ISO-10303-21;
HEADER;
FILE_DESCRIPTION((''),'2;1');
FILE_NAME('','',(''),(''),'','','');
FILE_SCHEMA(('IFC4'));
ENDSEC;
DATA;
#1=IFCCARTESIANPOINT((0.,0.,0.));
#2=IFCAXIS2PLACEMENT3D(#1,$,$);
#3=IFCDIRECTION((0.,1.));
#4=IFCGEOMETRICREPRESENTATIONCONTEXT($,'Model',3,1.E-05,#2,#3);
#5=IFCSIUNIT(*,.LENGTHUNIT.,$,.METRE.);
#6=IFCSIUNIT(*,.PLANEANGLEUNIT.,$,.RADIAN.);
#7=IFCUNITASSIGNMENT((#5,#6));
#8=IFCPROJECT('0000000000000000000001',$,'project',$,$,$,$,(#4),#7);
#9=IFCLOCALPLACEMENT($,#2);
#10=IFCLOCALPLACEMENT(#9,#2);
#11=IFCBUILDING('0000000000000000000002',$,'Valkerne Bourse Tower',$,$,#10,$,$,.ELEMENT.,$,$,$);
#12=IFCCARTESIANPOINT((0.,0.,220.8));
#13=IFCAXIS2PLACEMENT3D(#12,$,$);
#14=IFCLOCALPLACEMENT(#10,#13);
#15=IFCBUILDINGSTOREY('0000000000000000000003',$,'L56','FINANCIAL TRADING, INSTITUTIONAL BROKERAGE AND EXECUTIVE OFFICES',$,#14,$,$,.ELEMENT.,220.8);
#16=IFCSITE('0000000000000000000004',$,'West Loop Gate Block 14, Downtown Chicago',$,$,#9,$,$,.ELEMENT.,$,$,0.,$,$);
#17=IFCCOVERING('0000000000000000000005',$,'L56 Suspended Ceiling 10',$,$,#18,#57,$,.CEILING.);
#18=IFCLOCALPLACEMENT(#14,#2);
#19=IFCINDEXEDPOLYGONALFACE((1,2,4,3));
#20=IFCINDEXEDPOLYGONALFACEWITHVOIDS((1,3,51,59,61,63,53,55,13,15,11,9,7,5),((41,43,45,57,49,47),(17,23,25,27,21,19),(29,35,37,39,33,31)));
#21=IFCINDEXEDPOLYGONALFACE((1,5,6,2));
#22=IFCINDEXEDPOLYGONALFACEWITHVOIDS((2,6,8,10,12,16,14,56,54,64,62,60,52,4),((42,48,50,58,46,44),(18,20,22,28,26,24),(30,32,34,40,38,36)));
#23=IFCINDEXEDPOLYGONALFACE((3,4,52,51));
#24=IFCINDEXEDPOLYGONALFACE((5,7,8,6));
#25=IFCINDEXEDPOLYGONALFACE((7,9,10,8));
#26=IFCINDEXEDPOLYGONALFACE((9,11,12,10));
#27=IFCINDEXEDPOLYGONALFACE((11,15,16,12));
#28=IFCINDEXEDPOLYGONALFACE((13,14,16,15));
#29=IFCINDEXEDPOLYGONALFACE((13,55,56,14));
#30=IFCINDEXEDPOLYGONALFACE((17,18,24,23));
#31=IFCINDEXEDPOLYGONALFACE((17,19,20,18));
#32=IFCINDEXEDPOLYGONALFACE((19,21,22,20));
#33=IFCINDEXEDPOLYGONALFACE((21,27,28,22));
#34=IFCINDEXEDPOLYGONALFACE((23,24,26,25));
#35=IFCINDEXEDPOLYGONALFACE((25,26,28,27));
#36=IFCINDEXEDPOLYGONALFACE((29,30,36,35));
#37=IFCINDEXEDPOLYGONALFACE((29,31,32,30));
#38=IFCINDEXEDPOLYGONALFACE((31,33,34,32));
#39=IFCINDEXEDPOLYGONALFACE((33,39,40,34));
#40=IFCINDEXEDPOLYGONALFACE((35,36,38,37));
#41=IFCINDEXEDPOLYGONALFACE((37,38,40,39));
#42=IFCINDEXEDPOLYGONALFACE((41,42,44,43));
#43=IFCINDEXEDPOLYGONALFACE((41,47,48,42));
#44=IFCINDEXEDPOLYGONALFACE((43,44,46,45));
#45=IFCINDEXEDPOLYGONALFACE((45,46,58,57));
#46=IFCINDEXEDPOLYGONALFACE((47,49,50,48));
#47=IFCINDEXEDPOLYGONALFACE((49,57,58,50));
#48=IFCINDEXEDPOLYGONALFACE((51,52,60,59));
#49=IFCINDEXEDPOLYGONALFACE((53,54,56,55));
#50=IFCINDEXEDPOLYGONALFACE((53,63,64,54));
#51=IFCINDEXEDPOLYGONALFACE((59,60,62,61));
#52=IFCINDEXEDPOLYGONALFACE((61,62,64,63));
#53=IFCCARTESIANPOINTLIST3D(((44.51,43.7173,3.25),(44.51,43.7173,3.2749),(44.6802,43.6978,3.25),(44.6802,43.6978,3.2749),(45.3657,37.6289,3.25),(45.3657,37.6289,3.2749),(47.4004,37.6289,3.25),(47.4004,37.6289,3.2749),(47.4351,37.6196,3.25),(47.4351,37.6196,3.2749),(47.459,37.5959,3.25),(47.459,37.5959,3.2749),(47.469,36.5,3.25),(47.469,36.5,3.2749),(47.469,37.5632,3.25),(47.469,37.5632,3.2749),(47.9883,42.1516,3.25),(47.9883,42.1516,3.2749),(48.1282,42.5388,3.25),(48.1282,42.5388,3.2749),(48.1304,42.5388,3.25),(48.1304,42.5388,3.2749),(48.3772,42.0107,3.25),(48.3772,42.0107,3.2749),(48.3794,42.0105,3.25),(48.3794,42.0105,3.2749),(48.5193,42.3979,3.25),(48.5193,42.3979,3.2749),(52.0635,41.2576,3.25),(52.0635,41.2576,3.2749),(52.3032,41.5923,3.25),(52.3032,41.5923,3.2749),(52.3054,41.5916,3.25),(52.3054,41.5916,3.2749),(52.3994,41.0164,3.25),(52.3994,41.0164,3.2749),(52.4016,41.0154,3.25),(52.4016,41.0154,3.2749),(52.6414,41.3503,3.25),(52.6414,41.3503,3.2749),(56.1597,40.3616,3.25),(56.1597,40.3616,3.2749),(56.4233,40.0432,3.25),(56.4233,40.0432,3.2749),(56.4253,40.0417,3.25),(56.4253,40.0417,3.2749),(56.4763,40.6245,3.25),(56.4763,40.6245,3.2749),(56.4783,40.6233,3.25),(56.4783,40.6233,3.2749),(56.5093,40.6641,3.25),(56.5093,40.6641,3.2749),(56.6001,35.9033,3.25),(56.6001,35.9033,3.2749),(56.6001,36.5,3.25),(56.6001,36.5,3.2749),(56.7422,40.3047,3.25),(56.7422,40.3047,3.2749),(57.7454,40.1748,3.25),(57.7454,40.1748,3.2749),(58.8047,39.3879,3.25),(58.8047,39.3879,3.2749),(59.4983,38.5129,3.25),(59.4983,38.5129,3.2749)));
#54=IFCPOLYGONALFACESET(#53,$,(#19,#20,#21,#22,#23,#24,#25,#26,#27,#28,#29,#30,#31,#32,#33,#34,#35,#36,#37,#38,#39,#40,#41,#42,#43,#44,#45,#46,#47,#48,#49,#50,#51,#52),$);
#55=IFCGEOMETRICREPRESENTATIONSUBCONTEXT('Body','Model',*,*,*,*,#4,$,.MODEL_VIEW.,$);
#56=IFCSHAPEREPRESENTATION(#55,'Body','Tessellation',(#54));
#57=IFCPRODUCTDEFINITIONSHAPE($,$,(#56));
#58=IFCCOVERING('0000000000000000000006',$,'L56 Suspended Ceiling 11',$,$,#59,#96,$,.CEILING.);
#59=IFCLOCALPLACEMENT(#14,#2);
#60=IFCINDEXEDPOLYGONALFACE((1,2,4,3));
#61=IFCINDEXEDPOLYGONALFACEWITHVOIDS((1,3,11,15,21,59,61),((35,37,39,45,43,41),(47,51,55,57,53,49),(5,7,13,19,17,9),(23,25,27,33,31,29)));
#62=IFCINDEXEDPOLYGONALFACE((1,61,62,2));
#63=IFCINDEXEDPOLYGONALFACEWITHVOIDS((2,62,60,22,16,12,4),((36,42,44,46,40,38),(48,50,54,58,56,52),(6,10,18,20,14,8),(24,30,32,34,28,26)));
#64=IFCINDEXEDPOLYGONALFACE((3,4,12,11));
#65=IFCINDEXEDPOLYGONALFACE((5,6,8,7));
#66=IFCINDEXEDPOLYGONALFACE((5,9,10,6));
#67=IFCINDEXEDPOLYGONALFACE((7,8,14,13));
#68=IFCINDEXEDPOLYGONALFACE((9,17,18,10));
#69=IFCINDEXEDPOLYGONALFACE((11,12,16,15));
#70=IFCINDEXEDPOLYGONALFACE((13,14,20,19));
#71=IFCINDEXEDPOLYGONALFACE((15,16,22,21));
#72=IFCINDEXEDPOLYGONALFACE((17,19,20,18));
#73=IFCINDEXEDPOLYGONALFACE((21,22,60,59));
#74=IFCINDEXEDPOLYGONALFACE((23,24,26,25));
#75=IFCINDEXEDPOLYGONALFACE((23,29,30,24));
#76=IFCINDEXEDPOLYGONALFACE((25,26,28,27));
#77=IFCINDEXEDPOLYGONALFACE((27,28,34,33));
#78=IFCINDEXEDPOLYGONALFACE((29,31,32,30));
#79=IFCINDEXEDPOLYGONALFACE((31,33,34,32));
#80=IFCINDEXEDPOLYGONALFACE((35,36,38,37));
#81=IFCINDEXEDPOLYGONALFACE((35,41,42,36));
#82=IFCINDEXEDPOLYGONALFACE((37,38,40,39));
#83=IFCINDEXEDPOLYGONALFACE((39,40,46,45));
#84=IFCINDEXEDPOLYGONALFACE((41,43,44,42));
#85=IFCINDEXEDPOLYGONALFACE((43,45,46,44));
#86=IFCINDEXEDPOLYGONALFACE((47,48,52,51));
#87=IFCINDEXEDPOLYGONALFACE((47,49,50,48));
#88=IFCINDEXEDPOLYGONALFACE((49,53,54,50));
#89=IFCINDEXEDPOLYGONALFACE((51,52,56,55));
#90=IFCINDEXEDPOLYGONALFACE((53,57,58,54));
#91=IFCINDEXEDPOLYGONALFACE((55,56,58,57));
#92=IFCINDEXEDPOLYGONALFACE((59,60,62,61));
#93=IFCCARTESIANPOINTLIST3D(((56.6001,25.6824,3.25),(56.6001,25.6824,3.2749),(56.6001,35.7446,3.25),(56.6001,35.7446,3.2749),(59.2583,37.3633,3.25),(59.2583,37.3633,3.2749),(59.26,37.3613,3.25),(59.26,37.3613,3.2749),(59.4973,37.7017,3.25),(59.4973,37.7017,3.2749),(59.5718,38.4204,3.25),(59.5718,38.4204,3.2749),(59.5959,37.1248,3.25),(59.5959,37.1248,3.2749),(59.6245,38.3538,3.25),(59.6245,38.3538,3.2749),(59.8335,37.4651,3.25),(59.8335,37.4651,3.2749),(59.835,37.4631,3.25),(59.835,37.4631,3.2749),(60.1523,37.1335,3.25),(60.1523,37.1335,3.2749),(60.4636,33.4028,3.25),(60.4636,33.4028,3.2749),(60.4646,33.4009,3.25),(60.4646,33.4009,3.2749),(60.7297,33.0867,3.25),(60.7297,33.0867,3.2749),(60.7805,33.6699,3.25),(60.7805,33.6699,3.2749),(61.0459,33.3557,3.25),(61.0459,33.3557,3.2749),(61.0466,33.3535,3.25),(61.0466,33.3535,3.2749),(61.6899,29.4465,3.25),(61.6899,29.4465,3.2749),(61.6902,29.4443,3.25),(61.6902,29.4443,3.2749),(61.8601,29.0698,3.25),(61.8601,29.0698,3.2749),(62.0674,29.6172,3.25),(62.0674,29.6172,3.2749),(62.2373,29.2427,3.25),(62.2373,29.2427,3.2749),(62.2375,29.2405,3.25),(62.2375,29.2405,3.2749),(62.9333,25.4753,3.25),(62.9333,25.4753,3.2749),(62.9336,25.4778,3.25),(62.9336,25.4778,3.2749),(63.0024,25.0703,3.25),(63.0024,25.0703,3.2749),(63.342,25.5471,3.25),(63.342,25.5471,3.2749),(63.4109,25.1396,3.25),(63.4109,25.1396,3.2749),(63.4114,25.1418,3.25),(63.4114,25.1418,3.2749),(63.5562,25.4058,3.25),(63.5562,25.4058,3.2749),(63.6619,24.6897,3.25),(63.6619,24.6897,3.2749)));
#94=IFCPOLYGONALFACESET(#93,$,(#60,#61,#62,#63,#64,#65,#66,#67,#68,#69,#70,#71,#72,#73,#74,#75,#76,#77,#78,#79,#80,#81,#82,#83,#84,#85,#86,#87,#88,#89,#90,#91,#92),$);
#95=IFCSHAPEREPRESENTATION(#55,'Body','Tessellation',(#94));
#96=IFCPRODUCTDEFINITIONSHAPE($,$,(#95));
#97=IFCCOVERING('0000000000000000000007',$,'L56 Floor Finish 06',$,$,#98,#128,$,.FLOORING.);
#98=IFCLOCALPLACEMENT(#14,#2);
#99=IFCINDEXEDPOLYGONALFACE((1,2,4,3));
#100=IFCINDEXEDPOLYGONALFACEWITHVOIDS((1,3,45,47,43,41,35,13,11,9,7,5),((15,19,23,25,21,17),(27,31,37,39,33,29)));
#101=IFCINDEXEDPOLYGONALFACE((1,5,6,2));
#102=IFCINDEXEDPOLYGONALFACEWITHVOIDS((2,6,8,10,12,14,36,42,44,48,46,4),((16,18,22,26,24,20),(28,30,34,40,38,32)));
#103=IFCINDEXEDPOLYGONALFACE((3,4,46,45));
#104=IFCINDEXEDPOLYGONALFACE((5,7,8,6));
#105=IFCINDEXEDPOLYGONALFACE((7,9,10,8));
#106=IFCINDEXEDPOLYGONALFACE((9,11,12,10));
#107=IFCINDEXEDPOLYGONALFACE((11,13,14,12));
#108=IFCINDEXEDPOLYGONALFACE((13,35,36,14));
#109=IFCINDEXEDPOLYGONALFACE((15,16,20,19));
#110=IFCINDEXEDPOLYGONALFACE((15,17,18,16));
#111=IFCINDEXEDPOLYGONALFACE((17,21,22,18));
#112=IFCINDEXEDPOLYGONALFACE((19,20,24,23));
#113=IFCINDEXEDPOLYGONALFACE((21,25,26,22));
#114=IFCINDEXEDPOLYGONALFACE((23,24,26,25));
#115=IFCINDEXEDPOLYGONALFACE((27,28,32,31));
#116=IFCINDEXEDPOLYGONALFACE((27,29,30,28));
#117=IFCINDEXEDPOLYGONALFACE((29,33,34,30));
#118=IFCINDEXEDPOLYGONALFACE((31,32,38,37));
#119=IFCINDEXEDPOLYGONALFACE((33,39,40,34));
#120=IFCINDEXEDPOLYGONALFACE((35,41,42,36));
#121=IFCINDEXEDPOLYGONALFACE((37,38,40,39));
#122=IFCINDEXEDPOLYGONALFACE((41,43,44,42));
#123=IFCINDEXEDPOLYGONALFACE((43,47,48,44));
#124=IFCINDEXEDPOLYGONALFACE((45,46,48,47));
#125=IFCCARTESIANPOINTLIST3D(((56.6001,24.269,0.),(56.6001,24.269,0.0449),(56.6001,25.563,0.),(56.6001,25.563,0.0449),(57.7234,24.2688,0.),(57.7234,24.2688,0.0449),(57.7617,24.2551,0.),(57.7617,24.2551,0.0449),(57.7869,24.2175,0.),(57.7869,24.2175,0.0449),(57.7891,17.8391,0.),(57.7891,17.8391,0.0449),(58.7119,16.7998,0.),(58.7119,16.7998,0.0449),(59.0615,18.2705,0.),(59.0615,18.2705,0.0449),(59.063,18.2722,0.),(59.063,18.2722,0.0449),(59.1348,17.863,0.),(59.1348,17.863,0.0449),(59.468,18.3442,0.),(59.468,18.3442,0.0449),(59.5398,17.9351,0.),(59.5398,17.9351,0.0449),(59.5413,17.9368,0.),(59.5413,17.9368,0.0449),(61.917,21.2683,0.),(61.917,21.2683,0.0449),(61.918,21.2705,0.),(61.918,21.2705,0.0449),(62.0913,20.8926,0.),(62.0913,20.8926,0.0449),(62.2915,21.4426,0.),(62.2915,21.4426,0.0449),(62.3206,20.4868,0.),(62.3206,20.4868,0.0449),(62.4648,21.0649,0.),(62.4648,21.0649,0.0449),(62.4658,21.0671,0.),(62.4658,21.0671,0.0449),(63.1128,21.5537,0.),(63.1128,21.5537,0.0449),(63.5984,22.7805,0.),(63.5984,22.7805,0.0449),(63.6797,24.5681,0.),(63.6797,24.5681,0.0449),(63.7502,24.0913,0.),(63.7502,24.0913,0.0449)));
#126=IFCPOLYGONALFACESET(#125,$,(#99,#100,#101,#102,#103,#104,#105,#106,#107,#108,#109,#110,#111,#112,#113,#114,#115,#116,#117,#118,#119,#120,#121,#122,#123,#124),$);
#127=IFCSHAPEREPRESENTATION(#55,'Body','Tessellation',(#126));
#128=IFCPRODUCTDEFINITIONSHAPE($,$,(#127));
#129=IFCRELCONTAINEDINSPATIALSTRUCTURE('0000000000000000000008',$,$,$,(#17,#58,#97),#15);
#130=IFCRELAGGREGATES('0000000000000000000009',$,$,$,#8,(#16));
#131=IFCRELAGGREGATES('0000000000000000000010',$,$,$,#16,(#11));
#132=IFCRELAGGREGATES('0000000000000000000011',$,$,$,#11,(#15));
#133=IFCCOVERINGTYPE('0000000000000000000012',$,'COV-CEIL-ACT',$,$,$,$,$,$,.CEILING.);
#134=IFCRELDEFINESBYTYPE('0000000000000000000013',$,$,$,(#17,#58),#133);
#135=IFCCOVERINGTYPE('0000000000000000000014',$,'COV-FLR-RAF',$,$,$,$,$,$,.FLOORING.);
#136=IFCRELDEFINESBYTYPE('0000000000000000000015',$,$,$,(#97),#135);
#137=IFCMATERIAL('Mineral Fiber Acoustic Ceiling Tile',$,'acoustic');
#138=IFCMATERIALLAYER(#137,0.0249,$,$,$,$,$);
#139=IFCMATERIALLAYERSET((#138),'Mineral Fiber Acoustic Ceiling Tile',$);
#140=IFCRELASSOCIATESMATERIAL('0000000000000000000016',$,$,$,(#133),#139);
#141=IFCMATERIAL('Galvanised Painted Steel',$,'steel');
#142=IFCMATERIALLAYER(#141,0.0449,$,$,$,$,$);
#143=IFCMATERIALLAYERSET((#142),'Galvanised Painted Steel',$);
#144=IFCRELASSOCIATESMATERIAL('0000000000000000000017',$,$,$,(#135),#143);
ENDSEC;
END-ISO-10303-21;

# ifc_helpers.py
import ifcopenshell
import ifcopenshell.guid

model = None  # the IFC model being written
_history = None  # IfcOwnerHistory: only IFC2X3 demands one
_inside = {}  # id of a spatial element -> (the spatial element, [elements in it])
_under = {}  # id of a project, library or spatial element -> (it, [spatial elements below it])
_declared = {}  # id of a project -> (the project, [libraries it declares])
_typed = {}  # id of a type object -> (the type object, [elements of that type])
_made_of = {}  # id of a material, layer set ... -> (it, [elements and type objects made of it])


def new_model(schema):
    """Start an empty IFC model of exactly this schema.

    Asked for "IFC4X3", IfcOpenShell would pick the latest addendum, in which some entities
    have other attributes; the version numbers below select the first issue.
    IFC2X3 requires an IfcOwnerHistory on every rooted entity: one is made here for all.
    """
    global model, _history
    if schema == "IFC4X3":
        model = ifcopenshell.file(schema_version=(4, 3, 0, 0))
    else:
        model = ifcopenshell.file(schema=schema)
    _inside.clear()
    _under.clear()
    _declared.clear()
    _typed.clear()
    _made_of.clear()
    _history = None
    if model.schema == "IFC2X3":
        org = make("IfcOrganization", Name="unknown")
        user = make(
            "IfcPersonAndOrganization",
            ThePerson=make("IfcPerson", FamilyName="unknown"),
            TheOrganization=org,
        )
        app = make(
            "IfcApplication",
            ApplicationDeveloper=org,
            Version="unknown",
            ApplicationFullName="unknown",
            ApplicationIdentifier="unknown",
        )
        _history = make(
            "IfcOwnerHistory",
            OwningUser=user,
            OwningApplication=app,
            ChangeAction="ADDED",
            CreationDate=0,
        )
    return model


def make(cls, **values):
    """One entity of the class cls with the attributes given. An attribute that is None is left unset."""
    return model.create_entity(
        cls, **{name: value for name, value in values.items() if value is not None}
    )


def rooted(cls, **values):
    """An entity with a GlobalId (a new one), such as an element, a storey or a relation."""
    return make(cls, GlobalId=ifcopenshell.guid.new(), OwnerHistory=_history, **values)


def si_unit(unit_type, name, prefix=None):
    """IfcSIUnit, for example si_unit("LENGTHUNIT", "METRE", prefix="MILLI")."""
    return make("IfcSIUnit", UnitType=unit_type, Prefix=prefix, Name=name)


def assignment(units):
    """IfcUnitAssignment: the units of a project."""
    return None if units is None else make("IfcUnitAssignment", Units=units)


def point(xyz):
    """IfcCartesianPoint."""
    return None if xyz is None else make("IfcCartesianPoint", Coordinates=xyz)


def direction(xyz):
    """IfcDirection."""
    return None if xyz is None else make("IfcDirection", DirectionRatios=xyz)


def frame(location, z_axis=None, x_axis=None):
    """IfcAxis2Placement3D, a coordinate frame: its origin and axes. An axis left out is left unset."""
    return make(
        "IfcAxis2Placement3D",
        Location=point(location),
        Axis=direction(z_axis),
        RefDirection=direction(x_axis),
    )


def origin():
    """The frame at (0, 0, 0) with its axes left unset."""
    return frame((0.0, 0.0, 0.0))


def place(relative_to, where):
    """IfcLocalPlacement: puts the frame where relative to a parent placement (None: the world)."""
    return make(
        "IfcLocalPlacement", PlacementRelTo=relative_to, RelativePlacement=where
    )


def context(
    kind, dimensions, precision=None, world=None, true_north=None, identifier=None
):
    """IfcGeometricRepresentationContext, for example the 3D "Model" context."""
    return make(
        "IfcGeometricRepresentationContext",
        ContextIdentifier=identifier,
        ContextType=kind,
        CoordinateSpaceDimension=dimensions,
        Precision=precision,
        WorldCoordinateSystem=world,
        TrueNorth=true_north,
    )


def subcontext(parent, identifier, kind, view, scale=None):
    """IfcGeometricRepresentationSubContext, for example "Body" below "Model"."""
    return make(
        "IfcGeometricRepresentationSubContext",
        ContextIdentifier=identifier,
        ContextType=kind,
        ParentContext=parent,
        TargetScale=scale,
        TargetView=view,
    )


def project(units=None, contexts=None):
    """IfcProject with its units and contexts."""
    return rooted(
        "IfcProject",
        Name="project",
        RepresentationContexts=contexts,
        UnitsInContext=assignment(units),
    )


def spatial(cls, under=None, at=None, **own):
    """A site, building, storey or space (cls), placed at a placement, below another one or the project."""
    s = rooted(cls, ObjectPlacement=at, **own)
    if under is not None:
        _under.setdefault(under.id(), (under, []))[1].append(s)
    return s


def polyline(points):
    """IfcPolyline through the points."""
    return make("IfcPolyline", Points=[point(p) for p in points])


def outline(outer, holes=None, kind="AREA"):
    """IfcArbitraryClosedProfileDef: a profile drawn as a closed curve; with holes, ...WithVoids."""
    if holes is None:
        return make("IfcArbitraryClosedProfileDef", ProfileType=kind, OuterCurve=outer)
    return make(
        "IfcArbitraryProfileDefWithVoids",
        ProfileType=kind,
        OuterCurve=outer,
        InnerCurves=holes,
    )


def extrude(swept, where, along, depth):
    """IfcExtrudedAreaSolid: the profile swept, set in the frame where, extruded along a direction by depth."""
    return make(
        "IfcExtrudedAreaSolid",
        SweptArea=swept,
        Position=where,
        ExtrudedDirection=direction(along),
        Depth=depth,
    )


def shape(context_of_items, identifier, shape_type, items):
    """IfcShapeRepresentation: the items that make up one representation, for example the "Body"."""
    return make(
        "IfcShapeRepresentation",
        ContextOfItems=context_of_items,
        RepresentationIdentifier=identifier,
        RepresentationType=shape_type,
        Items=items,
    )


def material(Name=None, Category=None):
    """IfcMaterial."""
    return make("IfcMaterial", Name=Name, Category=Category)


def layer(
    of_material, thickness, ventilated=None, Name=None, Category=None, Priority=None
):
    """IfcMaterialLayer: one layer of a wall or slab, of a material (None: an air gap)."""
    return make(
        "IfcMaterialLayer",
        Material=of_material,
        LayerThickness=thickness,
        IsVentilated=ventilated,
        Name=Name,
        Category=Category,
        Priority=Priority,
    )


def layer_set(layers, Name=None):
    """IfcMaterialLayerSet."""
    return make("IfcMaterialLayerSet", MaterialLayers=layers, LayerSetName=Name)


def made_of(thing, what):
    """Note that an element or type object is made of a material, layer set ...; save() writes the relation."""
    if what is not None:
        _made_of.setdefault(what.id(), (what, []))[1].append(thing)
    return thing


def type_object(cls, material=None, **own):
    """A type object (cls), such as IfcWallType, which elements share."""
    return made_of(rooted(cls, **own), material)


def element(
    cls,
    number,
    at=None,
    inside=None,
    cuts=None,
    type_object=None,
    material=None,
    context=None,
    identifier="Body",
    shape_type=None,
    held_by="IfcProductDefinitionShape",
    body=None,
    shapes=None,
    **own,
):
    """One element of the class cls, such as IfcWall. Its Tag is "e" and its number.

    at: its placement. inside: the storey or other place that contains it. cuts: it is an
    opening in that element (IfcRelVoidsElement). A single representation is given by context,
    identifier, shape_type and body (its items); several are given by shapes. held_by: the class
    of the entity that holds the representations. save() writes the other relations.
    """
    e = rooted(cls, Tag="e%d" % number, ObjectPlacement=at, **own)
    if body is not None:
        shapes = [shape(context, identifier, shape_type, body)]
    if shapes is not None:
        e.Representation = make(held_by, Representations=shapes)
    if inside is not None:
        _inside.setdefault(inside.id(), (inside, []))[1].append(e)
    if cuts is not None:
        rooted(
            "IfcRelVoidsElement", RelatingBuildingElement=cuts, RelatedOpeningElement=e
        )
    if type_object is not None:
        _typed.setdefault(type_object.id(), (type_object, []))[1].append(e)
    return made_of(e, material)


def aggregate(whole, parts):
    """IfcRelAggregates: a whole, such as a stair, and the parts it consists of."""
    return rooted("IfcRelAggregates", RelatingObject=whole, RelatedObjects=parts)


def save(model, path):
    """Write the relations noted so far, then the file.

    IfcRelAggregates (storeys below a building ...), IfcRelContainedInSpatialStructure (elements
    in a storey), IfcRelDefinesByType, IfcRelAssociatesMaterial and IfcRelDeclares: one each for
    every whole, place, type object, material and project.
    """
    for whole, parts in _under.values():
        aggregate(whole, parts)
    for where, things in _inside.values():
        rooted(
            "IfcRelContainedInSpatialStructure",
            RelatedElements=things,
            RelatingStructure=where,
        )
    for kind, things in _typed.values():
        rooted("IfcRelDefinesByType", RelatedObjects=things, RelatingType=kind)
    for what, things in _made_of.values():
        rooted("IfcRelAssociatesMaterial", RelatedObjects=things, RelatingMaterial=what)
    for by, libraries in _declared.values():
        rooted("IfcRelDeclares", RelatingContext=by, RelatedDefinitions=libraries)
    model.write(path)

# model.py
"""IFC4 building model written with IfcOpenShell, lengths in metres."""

from ifc_helpers import new_model, si_unit, direction, frame, origin, place, context, subcontext, project, spatial, polyline, outline, extrude, material, layer, layer_set, type_object, element, save


model = new_model("IFC4")

# Units and contexts
model_context = context("Model", 3, precision=1e-05, world=origin(), true_north=direction((0.0, 1.0)))
body_context = subcontext(model_context, "Body", "Model", "MODEL_VIEW")
ifc_project = project(units=[si_unit("LENGTHUNIT", "METRE"), si_unit("PLANEANGLEUNIT", "RADIAN")], contexts=[model_context])

# Site, building, storey
site_placement = place(None, origin())
site = spatial("IfcSite", under=ifc_project, at=site_placement, Name="West Loop Gate Block 14, Downtown Chicago", CompositionType="ELEMENT", RefElevation=0.0)
building_placement = place(site_placement, origin())
building = spatial("IfcBuilding", under=site, at=building_placement, Name="Valkerne Bourse Tower", CompositionType="ELEMENT")
storey_placement = place(building_placement, frame((0.0, 0.0, 220.8)))
storey = spatial("IfcBuildingStorey", under=building, at=storey_placement, Name="L56", Description="FINANCIAL TRADING, INSTITUTIONAL BROKERAGE AND EXECUTIVE OFFICES", CompositionType="ELEMENT", Elevation=220.8)

# Coverings
ifc_material_1 = material(Name="Mineral Fiber Acoustic Ceiling Tile", Category="acoustic")
ifc_layer_1 = layer(ifc_material_1, 0.0249)
ifc_layer_set_1 = layer_set([ifc_layer_1], Name="Mineral Fiber Acoustic Ceiling Tile")
covering_type_1 = type_object("IfcCoveringType", Name="COV-CEIL-ACT", PredefinedType="CEILING", material=ifc_layer_set_1)
covering_1_placement = place(storey_placement, frame((0.0, 0.0, 3.25)))
element("IfcCovering", 1, at=covering_1_placement, inside=storey, type_object=covering_type_1, Name="L56 Suspended Ceiling 10", PredefinedType="CEILING", context=body_context, shape_type="SweptSolid", body=[
    extrude(outline(polyline([(57.7454, 40.1748), (58.8047, 39.3879), (59.4983, 38.5129), (56.6001, 35.9033), (56.6001, 36.5), (47.469, 36.5), (47.469, 37.5632), (47.459, 37.5959), (47.4351, 37.6196), (47.4004, 37.6289), (45.3657, 37.6289), (44.51, 43.7173), (44.6802, 43.6978), (56.5093, 40.6641), (57.7454, 40.1748)]), holes=[polyline([(56.4783, 40.6233), (56.4763, 40.6245), (56.1597, 40.3616), (56.4233, 40.0432), (56.4253, 40.0417), (56.7422, 40.3047), (56.4783, 40.6233)]), polyline([(52.3054, 41.5916), (52.3032, 41.5923), (52.0635, 41.2576), (52.3994, 41.0164), (52.4016, 41.0154), (52.6414, 41.3503), (52.3054, 41.5916)]), polyline([(48.5193, 42.3979), (48.1304, 42.5388), (48.1282, 42.5388), (47.9883, 42.1516), (48.3772, 42.0107), (48.3794, 42.0105), (48.5193, 42.3979)])]), origin(), (0.0, 0.0, 1.0), 0.0249),
])
covering_2_placement = place(storey_placement, frame((0.0, 0.0, 3.25)))
element("IfcCovering", 2, at=covering_2_placement, inside=storey, type_object=covering_type_1, Name="L56 Suspended Ceiling 11", PredefinedType="CEILING", context=body_context, shape_type="SweptSolid", body=[
    extrude(outline(polyline([(59.5718, 38.4204), (59.6245, 38.3538), (60.1523, 37.1335), (63.5562, 25.4058), (63.6619, 24.6897), (56.6001, 25.6824), (56.6001, 35.7446), (59.5718, 38.4204)]), holes=[polyline([(63.4109, 25.1396), (63.4114, 25.1418), (63.342, 25.5471), (62.9336, 25.4778), (62.9333, 25.4753), (63.0024, 25.0703), (63.4109, 25.1396)]), polyline([(62.2373, 29.2427), (62.0674, 29.6172), (61.6899, 29.4465), (61.6902, 29.4443), (61.8601, 29.0698), (62.2375, 29.2405), (62.2373, 29.2427)]), polyline([(61.0459, 33.3557), (60.7805, 33.6699), (60.4636, 33.4028), (60.4646, 33.4009), (60.7297, 33.0867), (61.0466, 33.3535), (61.0459, 33.3557)]), polyline([(59.8335, 37.4651), (59.4973, 37.7017), (59.2583, 37.3633), (59.26, 37.3613), (59.5959, 37.1248), (59.835, 37.4631), (59.8335, 37.4651)])]), origin(), (0.0, 0.0, 1.0), 0.0249),
])
ifc_material_2 = material(Name="Galvanised Painted Steel", Category="steel")
ifc_layer_2 = layer(ifc_material_2, 0.0449)
ifc_layer_set_2 = layer_set([ifc_layer_2], Name="Galvanised Painted Steel")
covering_type_2 = type_object("IfcCoveringType", Name="COV-FLR-RAF", PredefinedType="FLOORING", material=ifc_layer_set_2)
covering_3_placement = place(storey_placement, origin())
element("IfcCovering", 3, at=covering_3_placement, inside=storey, type_object=covering_type_2, Name="L56 Floor Finish 06", PredefinedType="FLOORING", context=body_context, shape_type="SweptSolid", body=[
    extrude(outline(polyline([(63.1128, 21.5537), (62.3206, 20.4868), (58.7119, 16.7998), (57.7891, 17.8391), (57.7869, 24.2175), (57.7617, 24.2551), (57.7234, 24.2688), (56.6001, 24.269), (56.6001, 25.563), (63.6797, 24.5681), (63.7502, 24.0913), (63.5984, 22.7805), (63.1128, 21.5537)]), holes=[polyline([(59.5413, 17.9368), (59.468, 18.3442), (59.063, 18.2722), (59.0615, 18.2705), (59.1348, 17.863), (59.5398, 17.9351), (59.5413, 17.9368)]), polyline([(62.4658, 21.0671), (62.2915, 21.4426), (61.918, 21.2705), (61.917, 21.2683), (62.0913, 20.8926), (62.4648, 21.0649), (62.4658, 21.0671)])]), origin(), (0.0, 0.0, 1.0), 0.0449),
])

save(model, "model.ifc")
